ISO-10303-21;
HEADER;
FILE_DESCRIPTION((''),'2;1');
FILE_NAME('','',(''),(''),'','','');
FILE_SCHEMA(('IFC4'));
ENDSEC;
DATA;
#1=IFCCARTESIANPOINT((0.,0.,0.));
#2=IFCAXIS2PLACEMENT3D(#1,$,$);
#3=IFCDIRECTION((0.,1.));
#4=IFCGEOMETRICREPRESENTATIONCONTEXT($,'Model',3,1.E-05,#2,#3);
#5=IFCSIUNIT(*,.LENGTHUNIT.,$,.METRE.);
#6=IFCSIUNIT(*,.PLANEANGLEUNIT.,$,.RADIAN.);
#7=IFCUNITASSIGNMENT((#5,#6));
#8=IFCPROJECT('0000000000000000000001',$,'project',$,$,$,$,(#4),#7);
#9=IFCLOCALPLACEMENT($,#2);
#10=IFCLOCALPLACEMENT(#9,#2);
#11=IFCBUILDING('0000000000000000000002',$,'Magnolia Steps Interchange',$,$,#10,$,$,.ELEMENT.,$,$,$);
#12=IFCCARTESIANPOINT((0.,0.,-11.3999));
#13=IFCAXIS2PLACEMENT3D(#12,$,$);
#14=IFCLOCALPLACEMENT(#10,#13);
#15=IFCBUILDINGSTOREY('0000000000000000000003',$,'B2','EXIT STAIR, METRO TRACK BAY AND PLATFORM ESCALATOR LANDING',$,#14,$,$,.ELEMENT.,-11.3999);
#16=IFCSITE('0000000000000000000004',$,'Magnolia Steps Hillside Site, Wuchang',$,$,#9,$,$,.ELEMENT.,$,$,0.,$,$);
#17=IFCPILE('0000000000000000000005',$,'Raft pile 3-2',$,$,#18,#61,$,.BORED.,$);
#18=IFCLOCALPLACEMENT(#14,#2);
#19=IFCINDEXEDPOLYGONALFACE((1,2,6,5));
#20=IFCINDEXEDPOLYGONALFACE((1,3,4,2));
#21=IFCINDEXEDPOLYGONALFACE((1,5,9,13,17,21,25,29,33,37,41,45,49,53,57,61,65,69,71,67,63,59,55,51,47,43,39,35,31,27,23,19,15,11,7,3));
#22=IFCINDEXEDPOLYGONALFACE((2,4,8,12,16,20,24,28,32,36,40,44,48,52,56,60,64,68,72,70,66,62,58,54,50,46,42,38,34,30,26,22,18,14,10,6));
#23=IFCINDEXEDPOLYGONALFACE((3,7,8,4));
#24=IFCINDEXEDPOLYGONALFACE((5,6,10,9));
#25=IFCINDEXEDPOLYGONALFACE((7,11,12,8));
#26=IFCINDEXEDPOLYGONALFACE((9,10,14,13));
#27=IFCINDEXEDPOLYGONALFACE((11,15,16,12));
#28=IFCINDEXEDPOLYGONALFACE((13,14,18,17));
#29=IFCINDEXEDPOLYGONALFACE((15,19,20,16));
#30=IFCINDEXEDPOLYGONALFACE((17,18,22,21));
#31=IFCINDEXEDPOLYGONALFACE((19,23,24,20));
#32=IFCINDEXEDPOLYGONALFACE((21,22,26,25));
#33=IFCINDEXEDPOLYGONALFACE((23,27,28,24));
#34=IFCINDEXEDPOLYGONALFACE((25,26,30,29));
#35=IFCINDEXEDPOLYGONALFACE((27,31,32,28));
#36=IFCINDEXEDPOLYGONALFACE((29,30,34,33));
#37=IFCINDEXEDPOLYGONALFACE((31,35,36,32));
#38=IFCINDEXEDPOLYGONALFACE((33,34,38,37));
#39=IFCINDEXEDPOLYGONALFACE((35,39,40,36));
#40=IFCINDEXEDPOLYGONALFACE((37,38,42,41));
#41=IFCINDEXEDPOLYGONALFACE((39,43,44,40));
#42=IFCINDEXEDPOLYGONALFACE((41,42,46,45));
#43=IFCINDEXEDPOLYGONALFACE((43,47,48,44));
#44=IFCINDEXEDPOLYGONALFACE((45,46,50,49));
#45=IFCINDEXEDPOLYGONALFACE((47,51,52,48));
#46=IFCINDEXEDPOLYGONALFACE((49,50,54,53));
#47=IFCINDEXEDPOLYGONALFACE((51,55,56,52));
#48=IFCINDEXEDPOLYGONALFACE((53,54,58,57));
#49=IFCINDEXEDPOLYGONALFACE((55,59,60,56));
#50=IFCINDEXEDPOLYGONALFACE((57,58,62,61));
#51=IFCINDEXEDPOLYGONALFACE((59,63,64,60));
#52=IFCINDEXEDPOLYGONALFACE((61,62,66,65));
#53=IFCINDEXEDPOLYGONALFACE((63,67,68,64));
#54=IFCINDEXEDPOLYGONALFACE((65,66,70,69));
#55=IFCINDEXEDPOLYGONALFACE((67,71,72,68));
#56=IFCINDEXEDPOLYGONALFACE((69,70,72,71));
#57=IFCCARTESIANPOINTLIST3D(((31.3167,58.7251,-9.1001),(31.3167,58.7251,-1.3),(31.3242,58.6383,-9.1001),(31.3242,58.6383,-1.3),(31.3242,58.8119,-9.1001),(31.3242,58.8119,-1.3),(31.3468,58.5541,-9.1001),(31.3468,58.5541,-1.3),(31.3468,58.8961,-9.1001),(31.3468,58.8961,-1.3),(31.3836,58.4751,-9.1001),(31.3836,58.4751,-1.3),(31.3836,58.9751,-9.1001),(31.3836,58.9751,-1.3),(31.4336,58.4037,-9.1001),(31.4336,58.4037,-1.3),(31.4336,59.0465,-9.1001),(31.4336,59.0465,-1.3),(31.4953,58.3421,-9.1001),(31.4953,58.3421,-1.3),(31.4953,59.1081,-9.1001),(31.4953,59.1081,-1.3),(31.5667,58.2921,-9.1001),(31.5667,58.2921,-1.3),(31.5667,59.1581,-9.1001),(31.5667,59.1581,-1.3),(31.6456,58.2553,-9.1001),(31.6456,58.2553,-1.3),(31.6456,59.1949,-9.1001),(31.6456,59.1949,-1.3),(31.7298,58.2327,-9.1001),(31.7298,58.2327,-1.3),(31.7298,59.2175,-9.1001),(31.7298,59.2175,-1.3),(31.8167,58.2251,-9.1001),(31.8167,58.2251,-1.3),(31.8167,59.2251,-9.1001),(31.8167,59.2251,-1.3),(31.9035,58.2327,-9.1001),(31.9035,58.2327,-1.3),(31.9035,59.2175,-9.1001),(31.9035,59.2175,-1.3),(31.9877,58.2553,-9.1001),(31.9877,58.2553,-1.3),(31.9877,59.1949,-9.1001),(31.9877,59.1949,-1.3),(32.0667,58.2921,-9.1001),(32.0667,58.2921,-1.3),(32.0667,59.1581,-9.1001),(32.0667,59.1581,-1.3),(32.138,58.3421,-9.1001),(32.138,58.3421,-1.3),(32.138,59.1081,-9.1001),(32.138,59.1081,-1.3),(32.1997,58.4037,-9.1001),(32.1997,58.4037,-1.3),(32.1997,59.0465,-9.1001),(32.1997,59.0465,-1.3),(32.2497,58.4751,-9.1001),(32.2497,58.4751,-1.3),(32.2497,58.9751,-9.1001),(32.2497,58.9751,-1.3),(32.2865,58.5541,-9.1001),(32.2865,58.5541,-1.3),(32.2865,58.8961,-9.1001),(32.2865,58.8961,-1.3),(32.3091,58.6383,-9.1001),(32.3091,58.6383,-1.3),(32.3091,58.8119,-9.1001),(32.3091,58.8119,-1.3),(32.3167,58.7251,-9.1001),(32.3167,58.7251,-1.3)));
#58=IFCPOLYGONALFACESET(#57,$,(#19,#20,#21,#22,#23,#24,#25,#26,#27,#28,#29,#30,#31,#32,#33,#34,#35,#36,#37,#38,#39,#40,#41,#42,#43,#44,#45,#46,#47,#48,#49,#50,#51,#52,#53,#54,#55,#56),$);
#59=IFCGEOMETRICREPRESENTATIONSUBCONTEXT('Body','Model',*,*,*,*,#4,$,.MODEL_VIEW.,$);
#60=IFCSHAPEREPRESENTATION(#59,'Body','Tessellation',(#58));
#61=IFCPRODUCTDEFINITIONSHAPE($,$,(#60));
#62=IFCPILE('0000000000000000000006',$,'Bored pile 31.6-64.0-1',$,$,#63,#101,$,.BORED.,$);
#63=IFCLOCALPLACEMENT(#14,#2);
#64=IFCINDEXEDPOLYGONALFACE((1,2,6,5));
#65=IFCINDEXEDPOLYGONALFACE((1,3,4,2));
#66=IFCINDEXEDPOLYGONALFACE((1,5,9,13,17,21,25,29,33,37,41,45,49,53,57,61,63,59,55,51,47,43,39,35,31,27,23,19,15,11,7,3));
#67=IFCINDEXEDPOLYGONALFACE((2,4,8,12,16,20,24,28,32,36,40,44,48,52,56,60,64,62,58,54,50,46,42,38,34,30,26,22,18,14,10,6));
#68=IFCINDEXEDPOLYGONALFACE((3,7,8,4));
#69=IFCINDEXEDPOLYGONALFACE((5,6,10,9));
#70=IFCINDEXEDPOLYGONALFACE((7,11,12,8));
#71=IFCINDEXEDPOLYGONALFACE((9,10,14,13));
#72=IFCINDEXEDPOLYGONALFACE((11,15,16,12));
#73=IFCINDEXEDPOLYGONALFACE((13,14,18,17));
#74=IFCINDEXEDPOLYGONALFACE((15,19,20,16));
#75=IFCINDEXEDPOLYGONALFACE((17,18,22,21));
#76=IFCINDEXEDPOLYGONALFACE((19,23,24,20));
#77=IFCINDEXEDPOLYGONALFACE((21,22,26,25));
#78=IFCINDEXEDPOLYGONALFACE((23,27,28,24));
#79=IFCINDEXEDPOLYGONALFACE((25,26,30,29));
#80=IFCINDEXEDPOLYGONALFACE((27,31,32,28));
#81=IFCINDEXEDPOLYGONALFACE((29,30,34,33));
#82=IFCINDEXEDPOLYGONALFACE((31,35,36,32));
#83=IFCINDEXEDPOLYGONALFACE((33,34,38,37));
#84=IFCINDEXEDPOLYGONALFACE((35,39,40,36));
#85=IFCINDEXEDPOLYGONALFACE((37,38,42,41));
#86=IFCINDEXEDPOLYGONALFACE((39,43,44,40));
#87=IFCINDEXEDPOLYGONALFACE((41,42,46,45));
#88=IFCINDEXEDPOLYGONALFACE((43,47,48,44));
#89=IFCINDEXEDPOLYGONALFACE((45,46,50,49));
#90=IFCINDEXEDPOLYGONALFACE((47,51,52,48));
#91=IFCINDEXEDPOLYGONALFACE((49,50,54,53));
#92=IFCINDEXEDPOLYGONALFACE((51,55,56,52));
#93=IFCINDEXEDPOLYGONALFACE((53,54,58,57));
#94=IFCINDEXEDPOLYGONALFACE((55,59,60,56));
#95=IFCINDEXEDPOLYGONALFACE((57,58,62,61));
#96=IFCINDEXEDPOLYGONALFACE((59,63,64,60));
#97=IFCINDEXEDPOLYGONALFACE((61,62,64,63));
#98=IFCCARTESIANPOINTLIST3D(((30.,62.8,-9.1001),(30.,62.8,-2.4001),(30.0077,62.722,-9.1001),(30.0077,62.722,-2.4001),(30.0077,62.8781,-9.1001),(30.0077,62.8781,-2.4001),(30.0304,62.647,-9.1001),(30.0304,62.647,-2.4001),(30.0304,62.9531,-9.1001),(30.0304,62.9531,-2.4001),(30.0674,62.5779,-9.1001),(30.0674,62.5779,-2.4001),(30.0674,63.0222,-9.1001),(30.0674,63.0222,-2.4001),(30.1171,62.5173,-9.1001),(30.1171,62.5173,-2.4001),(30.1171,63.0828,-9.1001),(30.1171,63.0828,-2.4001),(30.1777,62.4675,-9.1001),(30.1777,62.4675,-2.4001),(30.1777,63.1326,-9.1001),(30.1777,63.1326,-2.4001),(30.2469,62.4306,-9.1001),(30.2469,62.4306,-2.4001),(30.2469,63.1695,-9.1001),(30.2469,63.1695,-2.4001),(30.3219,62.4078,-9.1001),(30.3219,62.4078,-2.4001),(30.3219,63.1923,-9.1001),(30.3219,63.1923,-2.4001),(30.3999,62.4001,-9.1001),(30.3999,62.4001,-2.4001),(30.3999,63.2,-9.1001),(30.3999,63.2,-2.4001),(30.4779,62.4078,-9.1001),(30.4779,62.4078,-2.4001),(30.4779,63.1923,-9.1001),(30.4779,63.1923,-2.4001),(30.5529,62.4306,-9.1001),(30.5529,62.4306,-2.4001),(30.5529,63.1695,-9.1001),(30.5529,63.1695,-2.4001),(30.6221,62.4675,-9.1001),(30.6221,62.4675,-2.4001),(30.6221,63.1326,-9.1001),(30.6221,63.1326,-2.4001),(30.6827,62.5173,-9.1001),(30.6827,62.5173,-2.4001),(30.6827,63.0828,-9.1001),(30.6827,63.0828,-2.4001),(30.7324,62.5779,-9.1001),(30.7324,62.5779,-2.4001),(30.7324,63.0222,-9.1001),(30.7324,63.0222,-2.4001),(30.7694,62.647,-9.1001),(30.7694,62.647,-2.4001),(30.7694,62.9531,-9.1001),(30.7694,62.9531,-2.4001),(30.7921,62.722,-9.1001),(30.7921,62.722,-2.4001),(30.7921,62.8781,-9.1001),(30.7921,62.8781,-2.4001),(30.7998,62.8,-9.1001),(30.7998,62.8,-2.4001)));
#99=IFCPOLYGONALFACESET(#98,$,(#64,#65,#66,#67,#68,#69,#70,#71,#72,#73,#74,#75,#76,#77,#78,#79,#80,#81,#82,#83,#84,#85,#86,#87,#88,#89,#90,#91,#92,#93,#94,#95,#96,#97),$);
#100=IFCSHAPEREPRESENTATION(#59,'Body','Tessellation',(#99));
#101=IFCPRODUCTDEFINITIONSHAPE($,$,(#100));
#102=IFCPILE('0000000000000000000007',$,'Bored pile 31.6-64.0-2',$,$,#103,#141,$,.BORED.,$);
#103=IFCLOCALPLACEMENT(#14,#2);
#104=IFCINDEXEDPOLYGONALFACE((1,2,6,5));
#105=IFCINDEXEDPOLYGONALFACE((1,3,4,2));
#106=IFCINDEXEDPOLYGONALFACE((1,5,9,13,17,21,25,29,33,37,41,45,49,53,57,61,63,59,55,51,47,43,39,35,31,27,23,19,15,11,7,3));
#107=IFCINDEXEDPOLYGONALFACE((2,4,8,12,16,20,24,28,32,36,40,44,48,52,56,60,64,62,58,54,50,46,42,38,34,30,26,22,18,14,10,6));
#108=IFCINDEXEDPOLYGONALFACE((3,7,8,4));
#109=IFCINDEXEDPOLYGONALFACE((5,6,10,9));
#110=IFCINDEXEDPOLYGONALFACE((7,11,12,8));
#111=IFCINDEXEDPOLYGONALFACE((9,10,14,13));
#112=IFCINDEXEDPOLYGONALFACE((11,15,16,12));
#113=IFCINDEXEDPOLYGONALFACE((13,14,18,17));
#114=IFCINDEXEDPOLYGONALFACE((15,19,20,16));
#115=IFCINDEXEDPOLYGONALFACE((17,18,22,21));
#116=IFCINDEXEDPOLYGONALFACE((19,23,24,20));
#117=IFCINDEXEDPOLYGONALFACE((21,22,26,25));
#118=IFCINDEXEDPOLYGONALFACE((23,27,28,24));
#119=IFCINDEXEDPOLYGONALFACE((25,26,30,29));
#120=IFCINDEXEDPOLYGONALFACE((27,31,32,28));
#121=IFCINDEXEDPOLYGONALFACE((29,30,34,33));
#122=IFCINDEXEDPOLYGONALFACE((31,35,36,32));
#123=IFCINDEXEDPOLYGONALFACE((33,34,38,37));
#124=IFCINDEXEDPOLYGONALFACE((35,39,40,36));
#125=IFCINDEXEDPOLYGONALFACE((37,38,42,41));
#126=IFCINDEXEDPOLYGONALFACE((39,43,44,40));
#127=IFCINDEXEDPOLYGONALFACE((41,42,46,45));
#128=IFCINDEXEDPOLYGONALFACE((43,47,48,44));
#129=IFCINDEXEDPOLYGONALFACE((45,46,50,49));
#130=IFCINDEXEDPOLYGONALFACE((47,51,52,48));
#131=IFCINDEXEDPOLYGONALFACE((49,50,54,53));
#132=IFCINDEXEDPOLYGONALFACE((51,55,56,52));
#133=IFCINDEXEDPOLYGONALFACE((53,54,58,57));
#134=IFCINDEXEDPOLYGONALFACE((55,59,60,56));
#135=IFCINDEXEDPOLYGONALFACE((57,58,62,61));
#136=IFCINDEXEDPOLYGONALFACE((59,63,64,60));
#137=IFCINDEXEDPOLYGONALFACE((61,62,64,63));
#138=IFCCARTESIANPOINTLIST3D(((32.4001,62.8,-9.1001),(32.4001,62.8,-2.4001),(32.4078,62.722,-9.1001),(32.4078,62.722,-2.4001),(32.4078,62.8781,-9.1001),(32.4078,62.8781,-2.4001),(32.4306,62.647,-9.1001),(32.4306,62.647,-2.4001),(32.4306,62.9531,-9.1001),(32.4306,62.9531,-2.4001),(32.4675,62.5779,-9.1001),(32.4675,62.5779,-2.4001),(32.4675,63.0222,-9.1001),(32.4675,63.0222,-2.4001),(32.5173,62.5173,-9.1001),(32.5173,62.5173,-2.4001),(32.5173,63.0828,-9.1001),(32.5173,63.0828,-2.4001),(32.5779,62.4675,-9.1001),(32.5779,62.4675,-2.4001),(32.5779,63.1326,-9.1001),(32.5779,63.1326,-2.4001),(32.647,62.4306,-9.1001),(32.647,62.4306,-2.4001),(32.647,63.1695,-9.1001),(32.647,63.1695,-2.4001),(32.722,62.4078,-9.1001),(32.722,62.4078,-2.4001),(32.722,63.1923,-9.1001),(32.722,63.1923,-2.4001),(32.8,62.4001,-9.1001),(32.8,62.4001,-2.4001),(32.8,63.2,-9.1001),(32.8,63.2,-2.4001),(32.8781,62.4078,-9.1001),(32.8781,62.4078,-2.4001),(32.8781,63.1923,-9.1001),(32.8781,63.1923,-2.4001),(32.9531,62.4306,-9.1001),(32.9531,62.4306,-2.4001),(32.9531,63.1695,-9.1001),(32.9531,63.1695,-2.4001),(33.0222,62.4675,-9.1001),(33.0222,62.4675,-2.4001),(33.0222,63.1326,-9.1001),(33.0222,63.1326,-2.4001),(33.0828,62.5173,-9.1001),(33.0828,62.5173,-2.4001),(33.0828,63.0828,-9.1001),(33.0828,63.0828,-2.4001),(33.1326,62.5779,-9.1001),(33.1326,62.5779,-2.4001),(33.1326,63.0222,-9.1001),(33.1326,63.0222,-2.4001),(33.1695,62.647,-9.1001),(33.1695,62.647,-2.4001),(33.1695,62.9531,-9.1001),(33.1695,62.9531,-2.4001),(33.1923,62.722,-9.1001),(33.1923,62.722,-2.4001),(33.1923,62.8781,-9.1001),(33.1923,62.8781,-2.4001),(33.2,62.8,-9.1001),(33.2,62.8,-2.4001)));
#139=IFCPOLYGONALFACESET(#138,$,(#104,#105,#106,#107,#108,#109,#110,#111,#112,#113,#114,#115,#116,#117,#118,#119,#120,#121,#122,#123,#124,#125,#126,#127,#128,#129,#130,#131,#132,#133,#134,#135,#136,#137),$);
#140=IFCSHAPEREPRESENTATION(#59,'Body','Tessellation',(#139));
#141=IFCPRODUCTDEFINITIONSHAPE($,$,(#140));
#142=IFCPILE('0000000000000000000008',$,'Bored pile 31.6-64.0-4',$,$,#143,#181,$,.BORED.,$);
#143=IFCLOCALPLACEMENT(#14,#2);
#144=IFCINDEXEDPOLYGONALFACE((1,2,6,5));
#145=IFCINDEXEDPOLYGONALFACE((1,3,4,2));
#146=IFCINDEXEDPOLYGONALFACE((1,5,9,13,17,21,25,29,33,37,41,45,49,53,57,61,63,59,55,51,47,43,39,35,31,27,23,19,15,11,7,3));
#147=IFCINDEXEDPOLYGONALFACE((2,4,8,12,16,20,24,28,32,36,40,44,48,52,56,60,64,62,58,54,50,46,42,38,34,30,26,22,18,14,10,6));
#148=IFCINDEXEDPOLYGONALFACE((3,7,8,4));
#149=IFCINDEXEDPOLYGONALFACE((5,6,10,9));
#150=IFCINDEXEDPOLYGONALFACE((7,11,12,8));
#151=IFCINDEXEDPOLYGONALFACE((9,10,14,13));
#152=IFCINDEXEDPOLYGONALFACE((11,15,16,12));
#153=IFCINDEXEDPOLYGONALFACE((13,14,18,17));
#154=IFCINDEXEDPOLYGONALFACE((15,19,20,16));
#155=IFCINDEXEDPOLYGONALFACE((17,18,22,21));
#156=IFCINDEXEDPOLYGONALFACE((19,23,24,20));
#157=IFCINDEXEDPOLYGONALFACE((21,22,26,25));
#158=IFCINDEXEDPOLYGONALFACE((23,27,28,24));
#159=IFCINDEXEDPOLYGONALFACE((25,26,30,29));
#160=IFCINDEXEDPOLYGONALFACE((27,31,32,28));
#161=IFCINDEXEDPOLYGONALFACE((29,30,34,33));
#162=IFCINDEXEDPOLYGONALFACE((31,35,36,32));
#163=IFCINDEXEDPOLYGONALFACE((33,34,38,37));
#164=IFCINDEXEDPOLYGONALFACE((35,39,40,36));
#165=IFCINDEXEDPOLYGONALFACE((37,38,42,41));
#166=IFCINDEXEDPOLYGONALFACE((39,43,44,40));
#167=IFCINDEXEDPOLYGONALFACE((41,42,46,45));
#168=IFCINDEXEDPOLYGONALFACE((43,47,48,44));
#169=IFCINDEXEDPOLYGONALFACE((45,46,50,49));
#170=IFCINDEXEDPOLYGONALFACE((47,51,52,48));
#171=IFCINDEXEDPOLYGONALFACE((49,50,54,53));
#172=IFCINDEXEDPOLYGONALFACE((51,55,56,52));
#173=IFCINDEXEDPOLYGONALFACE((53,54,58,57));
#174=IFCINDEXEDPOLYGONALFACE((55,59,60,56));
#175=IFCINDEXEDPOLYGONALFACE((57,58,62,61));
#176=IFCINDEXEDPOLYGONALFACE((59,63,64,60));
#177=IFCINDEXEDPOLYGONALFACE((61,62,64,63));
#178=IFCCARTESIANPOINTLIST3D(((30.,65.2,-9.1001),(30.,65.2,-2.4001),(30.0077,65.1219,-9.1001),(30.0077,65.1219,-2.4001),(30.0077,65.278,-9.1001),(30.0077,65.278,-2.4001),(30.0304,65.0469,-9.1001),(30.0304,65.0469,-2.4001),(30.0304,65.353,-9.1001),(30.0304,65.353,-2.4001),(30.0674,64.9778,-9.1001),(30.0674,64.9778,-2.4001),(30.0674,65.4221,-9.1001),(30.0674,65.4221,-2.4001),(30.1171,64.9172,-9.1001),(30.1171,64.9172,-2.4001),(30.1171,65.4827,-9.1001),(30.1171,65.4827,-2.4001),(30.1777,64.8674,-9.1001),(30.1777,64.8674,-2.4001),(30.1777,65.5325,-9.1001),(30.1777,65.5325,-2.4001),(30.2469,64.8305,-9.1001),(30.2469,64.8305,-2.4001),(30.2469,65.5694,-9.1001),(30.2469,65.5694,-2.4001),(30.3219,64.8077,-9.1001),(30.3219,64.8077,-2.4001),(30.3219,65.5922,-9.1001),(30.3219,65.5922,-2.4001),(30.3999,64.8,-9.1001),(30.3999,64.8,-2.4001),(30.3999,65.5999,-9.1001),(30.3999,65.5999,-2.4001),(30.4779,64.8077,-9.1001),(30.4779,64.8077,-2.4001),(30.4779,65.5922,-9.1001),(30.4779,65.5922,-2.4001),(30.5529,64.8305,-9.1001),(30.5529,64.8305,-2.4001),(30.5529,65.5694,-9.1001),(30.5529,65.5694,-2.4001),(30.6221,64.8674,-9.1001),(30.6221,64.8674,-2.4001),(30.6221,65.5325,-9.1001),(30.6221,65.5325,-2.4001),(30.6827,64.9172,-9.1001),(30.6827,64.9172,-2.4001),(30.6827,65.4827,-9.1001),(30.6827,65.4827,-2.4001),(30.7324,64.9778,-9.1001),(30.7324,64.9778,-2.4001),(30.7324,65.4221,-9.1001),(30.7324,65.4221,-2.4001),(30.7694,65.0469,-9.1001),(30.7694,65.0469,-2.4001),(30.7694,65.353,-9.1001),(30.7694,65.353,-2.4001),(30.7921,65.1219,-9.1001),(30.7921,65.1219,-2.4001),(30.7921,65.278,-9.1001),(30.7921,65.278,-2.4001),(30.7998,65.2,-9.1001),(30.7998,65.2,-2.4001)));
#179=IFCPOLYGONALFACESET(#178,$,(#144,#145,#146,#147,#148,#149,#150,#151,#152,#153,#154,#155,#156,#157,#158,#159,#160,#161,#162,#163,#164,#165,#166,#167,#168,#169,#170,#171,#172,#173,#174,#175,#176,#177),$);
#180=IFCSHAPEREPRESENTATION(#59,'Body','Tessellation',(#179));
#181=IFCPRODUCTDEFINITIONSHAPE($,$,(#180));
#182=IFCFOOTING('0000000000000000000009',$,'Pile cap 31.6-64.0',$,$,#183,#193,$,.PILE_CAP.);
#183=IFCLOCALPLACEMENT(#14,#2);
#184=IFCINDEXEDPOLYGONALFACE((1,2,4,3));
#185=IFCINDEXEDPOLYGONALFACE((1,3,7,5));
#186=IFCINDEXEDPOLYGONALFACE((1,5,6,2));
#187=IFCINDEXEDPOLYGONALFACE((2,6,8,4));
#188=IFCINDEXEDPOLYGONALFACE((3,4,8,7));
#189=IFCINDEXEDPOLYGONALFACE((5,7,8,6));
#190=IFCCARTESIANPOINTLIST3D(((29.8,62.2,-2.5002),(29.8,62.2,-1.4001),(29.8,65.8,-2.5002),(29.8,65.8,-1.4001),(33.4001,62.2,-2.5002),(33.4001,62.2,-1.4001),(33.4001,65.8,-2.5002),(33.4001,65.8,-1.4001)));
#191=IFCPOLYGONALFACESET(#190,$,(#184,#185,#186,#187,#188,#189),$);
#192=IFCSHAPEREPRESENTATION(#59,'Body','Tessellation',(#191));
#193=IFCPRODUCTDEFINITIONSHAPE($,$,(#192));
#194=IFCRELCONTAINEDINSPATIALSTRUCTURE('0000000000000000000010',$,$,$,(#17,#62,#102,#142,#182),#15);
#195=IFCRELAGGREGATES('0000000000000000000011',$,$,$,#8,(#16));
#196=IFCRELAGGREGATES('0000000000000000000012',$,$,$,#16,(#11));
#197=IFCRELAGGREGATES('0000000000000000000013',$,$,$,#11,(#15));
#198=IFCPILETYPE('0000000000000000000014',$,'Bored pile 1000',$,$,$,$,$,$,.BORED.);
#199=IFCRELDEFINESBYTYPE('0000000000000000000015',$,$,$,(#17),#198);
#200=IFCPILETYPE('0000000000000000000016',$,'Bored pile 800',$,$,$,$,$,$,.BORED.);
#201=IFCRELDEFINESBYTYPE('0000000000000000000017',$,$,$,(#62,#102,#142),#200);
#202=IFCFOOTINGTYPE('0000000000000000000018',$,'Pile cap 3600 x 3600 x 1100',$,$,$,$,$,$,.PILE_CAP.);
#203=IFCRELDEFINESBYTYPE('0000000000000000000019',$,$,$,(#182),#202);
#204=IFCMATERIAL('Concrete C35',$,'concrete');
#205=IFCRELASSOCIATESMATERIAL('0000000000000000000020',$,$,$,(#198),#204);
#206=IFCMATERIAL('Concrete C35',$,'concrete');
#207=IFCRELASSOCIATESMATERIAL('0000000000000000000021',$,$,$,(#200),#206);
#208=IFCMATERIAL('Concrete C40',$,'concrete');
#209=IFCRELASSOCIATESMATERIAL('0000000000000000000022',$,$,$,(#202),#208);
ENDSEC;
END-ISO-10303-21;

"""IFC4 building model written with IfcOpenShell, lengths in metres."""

from ifc_helpers import new_model, si_unit, direction, frame, origin, origin_2d, place, context, subcontext, project, spatial, rectangle, circle, extrude, material, material_profile, profile_set, type_object, element, save


model = new_model("IFC4")

# Units and contexts
model_context = context("Model", 3, precision=1e-05, world=origin(), true_north=direction((0.0, 1.0)))
body_context = subcontext(model_context, "Body", "Model", "MODEL_VIEW")
ifc_project = project(units=[si_unit("LENGTHUNIT", "METRE"), si_unit("PLANEANGLEUNIT", "RADIAN")], contexts=[model_context])

# Site, building, storey
site_placement = place(None, origin())
site = spatial("IfcSite", under=ifc_project, at=site_placement, Name="Magnolia Steps Hillside Site, Wuchang", CompositionType="ELEMENT", RefElevation=0.0)
building_placement = place(site_placement, origin())
building = spatial("IfcBuilding", under=site, at=building_placement, Name="Magnolia Steps Interchange", CompositionType="ELEMENT")
storey_placement = place(building_placement, frame((0.0, 0.0, -11.3999)))
storey = spatial("IfcBuildingStorey", under=building, at=storey_placement, Name="B2", Description="EXIT STAIR, METRO TRACK BAY AND PLATFORM ESCALATOR LANDING", CompositionType="ELEMENT", Elevation=-11.3999)

# Piles
ifc_material_1 = material(Name="Concrete C35", Category="concrete")
ifc_material_profile_1 = material_profile(ifc_material_1, circle(Radius=0.5, at=origin_2d()), Name="Bored pile 1000")
ifc_profile_set_1 = profile_set([ifc_material_profile_1], Name="Concrete C35")
pile_type_1 = type_object("IfcPileType", Name="Bored pile 1000", PredefinedType="BORED", material=ifc_profile_set_1)
for number, where, z_axis, x_axis, name in (
    (1, (31.8167, 58.7251, -1.3), (0.0, 0.0, -1.0), (1.0, 0.0, 0.0), "Raft pile 3-2"),
):
    element("IfcPile", number, at=place(storey_placement, frame(where, z_axis=z_axis, x_axis=x_axis)), inside=storey, type_object=pile_type_1, Name=name, PredefinedType="BORED", context=body_context, shape_type="SweptSolid", body=[
        extrude(circle(Radius=0.5, at=origin_2d()), origin(), (0.0, 0.0, 1.0), 7.8),
    ])
ifc_material_2 = material(Name="Concrete C35", Category="concrete")
ifc_material_profile_2 = material_profile(ifc_material_2, circle(Radius=0.3999, at=origin_2d()), Name="Bored pile 800")
ifc_profile_set_2 = profile_set([ifc_material_profile_2], Name="Concrete C35")
pile_type_2 = type_object("IfcPileType", Name="Bored pile 800", PredefinedType="BORED", material=ifc_profile_set_2)
for number, where, z_axis, x_axis, name in (
    (2, (30.3999, 62.8, -2.4001), (0.0, 0.0, -1.0), (1.0, 0.0, 0.0), "Bored pile 31.6-64.0-1"),
    (3, (32.8, 62.8, -2.4001), (0.0, 0.0, -1.0), (1.0, 0.0, 0.0), "Bored pile 31.6-64.0-2"),
    (4, (30.3999, 65.2, -2.4001), (0.0, 0.0, -1.0), (1.0, 0.0, 0.0), "Bored pile 31.6-64.0-4"),
):
    element("IfcPile", number, at=place(storey_placement, frame(where, z_axis=z_axis, x_axis=x_axis)), inside=storey, type_object=pile_type_2, Name=name, PredefinedType="BORED", context=body_context, shape_type="SweptSolid", body=[
        extrude(circle(Radius=0.3999, at=origin_2d()), origin(), (0.0, 0.0, 1.0), 6.7),
    ])

# Footing
ifc_material_3 = material(Name="Concrete C40", Category="concrete")
footing_type = type_object("IfcFootingType", Name="Pile cap 3600 x 3600 x 1100", PredefinedType="PILE_CAP", material=ifc_material_3)
footing_placement = place(storey_placement, frame((31.6001, 64.0, -2.5002), z_axis=(0.0, 0.0, 1.0), x_axis=(1.0, 0.0, 0.0)))
element("IfcFooting", 5, at=footing_placement, inside=storey, type_object=footing_type, Name="Pile cap 31.6-64.0", PredefinedType="PILE_CAP", context=body_context, shape_type="SweptSolid", body=[
    extrude(rectangle(XDim=3.6001, YDim=3.6001, at=origin_2d()), origin(), (0.0, 0.0, 1.0), 1.1001),
])

save(model, "model.ifc")
